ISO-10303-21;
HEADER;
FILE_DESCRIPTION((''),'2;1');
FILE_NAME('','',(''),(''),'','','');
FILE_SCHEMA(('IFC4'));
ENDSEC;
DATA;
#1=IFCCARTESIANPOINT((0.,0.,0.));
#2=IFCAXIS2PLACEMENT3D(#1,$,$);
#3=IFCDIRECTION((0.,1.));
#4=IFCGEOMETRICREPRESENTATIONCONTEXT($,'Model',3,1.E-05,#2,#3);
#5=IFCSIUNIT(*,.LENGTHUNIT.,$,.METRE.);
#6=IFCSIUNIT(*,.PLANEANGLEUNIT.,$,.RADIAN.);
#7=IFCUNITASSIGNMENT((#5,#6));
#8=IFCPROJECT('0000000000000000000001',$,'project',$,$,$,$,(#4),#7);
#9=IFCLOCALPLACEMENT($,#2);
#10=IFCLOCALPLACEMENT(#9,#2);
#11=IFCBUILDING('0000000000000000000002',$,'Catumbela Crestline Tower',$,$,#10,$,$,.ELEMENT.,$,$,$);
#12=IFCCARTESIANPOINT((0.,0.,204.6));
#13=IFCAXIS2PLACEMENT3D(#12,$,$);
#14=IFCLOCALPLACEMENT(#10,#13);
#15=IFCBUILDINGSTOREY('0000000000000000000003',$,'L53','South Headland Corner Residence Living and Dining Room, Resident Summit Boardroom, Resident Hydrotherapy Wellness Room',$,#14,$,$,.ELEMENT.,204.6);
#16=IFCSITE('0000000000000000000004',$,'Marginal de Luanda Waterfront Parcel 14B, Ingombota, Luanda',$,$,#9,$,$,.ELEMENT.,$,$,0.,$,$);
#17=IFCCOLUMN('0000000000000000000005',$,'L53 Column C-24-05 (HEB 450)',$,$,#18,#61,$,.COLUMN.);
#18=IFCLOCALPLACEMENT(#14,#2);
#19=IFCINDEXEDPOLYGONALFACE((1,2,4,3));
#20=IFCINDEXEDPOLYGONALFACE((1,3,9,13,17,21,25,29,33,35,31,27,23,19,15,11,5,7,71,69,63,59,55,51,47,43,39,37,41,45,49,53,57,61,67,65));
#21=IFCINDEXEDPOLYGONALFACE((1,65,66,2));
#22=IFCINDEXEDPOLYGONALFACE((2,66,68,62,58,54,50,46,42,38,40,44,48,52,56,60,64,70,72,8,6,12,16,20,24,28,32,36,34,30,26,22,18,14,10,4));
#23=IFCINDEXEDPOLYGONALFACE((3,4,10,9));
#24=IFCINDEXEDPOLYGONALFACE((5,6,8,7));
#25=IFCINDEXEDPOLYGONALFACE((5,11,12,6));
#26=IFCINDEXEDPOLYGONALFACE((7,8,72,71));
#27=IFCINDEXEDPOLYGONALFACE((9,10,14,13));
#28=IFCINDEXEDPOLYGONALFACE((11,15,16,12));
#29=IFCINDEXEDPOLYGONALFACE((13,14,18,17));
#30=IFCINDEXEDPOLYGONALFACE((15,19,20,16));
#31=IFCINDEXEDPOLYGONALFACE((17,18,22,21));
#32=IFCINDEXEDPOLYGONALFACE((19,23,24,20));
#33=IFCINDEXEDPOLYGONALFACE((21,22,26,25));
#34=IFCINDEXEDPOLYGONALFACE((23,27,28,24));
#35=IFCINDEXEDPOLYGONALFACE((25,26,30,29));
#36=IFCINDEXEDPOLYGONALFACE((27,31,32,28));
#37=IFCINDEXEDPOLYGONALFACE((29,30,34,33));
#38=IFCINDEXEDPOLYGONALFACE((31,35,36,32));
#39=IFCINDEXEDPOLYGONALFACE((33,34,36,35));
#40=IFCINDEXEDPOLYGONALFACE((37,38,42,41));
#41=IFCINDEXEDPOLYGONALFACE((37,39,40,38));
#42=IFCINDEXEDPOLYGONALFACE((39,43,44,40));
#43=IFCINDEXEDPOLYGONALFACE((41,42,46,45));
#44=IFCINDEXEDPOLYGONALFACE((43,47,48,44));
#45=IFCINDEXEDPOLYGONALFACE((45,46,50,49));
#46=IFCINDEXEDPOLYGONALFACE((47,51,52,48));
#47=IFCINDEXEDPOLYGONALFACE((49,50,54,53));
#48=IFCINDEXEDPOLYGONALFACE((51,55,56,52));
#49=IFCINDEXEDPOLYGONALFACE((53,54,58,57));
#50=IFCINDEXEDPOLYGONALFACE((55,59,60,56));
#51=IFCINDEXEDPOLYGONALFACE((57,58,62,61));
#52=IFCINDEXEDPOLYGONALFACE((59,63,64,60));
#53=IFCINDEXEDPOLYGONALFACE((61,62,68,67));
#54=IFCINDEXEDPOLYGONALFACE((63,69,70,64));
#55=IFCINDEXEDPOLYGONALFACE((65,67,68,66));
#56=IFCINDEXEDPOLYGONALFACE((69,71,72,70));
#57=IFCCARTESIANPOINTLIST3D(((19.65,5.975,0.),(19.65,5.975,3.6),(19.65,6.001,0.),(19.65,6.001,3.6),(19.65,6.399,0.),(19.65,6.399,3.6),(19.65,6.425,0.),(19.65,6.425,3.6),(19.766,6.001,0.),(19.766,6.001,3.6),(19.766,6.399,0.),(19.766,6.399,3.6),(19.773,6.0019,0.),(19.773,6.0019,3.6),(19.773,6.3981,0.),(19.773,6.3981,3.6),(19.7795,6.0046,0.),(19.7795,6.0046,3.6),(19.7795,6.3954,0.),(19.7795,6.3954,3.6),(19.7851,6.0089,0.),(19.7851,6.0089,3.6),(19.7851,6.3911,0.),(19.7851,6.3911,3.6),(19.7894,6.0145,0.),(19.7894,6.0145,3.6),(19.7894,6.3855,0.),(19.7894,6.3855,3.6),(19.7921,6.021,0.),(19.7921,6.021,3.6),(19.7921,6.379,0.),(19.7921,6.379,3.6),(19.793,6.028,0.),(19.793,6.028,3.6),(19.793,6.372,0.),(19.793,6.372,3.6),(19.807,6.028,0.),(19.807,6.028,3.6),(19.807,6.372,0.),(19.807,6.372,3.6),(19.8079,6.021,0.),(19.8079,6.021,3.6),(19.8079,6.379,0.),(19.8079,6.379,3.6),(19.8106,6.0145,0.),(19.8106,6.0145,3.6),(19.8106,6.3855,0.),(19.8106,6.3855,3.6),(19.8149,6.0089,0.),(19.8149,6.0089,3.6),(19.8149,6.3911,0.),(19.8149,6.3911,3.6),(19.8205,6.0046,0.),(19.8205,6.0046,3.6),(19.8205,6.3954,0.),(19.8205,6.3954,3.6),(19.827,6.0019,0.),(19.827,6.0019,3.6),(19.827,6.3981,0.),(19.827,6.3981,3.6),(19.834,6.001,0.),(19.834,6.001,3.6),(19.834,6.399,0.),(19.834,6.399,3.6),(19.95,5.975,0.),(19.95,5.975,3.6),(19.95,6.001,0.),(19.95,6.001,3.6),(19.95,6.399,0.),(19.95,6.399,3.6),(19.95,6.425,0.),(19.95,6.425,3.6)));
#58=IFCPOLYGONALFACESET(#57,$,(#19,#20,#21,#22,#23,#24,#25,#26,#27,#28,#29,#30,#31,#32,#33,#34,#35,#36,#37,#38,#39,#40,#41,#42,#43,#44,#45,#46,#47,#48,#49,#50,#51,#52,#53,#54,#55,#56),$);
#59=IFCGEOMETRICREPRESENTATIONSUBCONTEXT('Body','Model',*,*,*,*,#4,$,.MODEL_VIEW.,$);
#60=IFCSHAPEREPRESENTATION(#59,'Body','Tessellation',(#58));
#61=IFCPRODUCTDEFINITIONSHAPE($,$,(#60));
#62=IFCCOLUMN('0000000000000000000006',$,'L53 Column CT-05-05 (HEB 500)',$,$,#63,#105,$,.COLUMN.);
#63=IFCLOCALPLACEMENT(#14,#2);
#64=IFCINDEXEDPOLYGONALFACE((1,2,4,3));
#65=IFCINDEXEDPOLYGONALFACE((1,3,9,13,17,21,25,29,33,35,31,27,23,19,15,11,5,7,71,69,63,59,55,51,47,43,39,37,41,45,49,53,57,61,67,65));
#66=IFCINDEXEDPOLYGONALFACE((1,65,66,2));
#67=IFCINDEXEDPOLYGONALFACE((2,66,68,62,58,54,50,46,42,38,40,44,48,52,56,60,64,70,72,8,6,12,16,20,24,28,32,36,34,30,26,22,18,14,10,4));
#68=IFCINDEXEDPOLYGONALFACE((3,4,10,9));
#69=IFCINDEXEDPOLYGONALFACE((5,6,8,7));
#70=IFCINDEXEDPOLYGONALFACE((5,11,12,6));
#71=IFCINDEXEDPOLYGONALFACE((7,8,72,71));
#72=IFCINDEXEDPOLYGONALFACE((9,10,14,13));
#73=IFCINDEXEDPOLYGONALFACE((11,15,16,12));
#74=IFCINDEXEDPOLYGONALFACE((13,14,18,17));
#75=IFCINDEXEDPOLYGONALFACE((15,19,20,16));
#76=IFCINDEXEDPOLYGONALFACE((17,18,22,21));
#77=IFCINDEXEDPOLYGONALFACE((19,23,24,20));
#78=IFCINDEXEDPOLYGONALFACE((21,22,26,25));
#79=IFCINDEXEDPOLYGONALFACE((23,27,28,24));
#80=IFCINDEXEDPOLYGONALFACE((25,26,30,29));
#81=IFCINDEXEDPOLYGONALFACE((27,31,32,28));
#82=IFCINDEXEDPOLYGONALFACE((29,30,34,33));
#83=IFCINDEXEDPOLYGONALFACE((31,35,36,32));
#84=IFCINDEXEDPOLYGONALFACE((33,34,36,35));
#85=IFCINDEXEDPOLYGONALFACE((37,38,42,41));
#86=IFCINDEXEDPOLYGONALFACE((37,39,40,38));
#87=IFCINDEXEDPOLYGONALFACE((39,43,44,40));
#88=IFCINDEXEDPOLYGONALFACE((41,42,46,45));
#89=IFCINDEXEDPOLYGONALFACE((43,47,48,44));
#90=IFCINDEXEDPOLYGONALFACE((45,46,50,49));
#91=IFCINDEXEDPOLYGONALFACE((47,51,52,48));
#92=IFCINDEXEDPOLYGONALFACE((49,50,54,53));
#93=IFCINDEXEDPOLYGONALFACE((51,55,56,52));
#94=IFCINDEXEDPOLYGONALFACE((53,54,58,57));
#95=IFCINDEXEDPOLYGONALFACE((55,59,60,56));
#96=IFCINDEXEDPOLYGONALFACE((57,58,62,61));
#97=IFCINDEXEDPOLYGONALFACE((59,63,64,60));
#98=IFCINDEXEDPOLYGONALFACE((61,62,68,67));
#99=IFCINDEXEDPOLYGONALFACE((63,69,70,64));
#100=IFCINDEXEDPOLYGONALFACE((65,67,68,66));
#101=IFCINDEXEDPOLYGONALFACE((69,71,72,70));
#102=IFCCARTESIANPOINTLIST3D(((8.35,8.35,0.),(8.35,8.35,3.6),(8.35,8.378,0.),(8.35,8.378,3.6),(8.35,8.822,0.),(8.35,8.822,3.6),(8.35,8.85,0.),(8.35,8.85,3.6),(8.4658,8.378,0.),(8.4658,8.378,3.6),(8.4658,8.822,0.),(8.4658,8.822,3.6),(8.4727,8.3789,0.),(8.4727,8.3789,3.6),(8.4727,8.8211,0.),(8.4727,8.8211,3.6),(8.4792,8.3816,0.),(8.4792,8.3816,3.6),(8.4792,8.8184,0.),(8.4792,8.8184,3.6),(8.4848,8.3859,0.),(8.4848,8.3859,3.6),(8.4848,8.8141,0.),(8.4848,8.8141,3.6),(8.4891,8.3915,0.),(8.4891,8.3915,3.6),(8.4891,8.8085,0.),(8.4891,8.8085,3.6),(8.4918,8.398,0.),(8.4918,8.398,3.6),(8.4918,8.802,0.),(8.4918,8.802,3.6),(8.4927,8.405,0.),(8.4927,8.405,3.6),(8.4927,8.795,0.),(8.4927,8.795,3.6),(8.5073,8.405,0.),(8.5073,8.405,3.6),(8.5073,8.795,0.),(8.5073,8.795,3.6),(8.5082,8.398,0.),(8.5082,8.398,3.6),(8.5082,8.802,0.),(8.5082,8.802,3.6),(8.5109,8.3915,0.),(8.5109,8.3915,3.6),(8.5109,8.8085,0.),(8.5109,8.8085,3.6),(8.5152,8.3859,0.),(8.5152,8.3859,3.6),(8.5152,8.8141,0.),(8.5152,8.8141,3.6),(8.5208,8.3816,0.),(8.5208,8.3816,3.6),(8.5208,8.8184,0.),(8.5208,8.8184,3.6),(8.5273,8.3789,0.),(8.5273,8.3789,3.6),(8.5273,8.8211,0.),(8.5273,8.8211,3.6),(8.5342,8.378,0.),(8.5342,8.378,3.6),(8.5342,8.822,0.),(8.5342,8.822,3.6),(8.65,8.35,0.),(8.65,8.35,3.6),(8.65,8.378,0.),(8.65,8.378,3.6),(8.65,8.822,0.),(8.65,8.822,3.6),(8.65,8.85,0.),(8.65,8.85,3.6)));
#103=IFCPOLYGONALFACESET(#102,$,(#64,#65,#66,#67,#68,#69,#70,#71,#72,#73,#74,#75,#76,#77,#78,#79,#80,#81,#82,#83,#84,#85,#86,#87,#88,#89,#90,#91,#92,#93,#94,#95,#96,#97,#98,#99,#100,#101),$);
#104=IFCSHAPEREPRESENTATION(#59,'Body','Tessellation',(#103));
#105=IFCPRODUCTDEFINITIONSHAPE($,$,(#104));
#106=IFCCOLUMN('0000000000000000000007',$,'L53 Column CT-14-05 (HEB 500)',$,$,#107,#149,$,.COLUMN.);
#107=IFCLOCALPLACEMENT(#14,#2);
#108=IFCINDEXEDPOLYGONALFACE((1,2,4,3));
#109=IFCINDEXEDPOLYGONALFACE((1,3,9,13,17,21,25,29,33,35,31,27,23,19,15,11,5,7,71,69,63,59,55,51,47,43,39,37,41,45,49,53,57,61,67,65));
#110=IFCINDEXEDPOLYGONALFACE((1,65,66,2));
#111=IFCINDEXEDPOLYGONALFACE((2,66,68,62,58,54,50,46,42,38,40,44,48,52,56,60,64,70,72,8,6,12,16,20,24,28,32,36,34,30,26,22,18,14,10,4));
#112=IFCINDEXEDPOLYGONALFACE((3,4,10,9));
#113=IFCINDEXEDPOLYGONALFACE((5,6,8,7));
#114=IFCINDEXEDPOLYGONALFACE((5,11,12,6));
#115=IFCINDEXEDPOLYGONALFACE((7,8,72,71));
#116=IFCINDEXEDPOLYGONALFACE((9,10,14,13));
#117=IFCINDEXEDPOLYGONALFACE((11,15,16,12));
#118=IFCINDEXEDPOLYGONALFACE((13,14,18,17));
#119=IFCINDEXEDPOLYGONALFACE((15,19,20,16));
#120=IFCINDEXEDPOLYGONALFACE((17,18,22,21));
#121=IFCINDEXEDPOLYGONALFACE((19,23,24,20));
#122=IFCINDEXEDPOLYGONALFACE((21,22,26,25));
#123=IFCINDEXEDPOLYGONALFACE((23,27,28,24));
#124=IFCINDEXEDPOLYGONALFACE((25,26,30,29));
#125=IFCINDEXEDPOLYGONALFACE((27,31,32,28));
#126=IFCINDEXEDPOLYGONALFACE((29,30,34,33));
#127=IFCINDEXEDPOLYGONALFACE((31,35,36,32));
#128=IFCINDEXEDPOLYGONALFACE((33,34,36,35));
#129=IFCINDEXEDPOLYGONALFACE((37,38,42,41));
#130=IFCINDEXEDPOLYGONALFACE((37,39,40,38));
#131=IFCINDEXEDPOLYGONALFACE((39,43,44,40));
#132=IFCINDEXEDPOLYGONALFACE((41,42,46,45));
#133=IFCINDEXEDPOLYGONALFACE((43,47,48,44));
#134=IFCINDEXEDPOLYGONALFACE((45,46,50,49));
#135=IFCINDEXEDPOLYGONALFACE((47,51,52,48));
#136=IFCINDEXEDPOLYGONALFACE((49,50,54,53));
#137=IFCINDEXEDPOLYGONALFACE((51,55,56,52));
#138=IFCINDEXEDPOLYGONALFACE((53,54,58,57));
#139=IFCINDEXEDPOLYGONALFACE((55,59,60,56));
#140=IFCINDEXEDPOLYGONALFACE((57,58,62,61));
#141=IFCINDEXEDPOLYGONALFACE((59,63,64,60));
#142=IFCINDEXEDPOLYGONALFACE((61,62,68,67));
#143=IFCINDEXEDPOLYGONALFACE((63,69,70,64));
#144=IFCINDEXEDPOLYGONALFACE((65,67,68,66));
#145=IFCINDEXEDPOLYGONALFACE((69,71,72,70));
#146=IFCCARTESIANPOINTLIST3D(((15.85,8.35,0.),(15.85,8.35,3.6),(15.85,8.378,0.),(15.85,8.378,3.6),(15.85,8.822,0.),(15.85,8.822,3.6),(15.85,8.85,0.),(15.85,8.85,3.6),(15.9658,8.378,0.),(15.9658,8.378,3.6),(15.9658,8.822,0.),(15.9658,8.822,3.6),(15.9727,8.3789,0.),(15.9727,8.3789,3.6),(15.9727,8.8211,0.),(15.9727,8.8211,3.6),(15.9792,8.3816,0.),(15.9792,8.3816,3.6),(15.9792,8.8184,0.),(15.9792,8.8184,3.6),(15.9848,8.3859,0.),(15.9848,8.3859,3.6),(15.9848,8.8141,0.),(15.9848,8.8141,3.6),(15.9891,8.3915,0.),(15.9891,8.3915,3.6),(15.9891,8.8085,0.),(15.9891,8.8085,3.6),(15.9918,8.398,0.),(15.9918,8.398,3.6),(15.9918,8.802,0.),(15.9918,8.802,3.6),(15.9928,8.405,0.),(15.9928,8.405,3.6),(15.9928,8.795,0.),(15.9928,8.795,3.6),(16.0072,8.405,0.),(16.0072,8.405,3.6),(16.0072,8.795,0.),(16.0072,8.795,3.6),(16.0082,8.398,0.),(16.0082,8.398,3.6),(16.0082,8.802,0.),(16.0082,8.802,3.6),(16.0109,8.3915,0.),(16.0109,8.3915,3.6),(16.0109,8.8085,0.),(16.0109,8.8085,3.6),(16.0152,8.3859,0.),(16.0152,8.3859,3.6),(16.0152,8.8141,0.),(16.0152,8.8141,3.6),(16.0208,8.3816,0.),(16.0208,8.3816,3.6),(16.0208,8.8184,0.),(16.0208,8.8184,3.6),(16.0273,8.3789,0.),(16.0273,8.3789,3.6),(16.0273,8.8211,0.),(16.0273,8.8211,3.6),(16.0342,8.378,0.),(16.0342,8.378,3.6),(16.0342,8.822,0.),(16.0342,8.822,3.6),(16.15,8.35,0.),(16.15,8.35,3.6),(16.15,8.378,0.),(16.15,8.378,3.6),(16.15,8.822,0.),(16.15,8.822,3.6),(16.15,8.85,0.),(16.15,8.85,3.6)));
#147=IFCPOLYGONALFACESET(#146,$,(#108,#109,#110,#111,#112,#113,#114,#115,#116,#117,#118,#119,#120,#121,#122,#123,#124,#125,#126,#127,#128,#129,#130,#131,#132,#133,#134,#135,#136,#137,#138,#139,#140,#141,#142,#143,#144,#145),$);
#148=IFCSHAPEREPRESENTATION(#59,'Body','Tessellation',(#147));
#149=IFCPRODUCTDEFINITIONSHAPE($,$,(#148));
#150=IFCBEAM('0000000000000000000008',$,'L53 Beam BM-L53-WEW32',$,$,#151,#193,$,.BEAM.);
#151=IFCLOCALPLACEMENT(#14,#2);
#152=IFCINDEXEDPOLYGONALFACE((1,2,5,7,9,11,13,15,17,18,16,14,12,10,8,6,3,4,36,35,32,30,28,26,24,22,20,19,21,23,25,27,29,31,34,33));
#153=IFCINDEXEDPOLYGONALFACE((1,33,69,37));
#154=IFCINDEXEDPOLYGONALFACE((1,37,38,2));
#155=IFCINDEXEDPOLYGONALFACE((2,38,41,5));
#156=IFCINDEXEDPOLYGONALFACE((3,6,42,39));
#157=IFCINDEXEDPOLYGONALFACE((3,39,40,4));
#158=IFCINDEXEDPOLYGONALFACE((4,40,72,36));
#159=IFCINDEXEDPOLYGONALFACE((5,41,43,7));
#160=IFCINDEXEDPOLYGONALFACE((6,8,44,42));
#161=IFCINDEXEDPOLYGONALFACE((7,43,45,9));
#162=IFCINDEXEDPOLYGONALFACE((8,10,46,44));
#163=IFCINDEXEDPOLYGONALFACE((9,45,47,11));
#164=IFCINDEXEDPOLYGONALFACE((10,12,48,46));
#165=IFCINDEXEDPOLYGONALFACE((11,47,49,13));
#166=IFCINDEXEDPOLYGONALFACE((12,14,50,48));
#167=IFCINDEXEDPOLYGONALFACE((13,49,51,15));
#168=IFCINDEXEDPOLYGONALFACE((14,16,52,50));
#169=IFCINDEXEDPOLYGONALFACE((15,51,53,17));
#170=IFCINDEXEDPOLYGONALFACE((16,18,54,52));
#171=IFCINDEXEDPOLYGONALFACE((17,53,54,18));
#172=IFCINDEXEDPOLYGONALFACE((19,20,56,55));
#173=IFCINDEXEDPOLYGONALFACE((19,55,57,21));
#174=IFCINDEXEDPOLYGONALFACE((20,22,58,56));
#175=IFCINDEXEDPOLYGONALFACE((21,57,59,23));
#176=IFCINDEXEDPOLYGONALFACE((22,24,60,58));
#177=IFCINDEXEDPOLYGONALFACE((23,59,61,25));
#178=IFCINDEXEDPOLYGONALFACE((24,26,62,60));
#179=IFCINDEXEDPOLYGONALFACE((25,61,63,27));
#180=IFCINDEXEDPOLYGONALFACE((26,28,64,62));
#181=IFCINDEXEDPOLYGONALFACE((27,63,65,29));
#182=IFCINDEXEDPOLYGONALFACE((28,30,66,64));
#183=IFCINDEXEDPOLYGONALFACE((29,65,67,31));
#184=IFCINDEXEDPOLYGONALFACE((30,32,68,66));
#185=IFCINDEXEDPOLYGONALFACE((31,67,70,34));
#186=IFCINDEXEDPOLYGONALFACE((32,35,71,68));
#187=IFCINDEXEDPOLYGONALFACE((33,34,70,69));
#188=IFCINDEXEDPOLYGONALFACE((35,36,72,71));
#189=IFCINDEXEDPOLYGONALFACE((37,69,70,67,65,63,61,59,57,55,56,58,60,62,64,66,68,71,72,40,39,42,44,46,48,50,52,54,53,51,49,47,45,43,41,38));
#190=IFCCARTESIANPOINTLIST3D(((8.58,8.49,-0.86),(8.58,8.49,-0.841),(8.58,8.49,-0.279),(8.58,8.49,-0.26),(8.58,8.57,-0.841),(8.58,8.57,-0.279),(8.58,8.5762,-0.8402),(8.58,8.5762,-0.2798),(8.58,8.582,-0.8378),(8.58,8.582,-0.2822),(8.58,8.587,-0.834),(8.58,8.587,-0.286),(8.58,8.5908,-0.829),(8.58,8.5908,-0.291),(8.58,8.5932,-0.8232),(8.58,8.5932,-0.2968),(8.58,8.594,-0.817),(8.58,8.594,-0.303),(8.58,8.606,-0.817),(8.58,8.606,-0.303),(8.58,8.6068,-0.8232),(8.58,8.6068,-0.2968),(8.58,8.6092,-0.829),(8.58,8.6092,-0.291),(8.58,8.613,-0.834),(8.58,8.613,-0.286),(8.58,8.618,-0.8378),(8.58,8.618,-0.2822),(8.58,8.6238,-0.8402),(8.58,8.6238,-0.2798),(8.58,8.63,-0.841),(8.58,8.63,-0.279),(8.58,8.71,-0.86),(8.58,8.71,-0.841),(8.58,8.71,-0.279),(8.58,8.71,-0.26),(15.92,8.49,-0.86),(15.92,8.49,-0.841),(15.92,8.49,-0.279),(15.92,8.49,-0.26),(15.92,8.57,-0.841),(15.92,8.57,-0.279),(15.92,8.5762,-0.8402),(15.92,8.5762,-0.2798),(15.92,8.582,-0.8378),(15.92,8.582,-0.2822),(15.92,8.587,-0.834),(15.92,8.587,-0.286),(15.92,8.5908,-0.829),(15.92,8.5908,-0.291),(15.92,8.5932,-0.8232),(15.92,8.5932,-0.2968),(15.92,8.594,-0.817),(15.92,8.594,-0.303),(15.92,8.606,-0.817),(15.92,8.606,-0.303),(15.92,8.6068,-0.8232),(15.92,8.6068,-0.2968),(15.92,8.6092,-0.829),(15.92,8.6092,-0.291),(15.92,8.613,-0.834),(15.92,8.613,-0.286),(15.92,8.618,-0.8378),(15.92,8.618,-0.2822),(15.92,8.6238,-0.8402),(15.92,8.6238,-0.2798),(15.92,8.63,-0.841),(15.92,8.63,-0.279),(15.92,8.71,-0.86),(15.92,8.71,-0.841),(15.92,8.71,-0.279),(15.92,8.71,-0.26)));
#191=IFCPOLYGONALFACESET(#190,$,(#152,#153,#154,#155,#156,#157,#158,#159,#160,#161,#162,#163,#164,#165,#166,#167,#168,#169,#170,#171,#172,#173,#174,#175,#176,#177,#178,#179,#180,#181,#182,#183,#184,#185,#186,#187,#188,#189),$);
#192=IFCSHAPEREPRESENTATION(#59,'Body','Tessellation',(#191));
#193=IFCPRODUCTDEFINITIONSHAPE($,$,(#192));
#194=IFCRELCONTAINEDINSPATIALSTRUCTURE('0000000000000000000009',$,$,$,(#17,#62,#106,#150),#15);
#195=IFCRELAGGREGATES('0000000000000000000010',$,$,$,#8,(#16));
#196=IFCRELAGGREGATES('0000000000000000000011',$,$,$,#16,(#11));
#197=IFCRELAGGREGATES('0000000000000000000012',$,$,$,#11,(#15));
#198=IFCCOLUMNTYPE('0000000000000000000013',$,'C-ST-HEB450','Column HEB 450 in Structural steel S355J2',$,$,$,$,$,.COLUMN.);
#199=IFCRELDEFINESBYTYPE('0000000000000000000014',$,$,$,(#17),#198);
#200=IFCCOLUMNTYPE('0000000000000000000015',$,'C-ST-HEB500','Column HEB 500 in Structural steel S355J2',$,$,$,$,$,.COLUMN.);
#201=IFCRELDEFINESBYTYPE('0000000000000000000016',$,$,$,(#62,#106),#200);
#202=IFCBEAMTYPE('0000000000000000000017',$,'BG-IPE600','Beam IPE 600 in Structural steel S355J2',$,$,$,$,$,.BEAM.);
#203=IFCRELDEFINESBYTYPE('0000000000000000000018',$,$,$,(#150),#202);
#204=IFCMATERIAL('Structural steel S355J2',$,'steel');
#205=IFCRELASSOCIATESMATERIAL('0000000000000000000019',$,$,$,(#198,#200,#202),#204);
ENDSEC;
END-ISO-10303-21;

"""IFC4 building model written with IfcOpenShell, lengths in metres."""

from ifc_helpers import new_model, si_unit, direction, frame, origin, origin_2d, place, context, subcontext, project, spatial, i_section, extrude, material, material_profile, profile_set, type_object, element, save


model = new_model("IFC4")

# Units and contexts
model_context = context("Model", 3, precision=1e-05, world=origin(), true_north=direction((0.0, 1.0)))
body_context = subcontext(model_context, "Body", "Model", "MODEL_VIEW")
ifc_project = project(units=[si_unit("LENGTHUNIT", "METRE"), si_unit("PLANEANGLEUNIT", "RADIAN")], contexts=[model_context])

# Site, building, storey
site_placement = place(None, origin())
site = spatial("IfcSite", under=ifc_project, at=site_placement, Name="Marginal de Luanda Waterfront Parcel 14B, Ingombota, Luanda", CompositionType="ELEMENT", RefElevation=0.0)
building_placement = place(site_placement, origin())
building = spatial("IfcBuilding", under=site, at=building_placement, Name="Catumbela Crestline Tower", CompositionType="ELEMENT")
storey_placement = place(building_placement, frame((0.0, 0.0, 204.6)))
storey = spatial("IfcBuildingStorey", under=building, at=storey_placement, Name="L53", Description="South Headland Corner Residence Living and Dining Room, Resident Summit Boardroom, Resident Hydrotherapy Wellness Room", CompositionType="ELEMENT", Elevation=204.6)

# Columns
ifc_material_1 = material(Name="Structural steel S355J2", Category="steel")
ifc_material_profile_1 = material_profile(ifc_material_1, i_section(OverallWidth=0.3, OverallDepth=0.45, WebThickness=0.014, FlangeThickness=0.026, FilletRadius=0.027, at=origin_2d()), Name="HEB 450")
ifc_profile_set_1 = profile_set([ifc_material_profile_1], Name="Structural steel S355J2")
column_type_1 = type_object("IfcColumnType", Name="C-ST-HEB450", Description="Column HEB 450 in Structural steel S355J2", PredefinedType="COLUMN", material=ifc_profile_set_1)
column_placement = place(storey_placement, frame((19.8, 6.2, 0.0), z_axis=(0.0, 0.0, 1.0), x_axis=(1.0, 0.0, 0.0)))
element("IfcColumn", 1, at=column_placement, inside=storey, type_object=column_type_1, Name="L53 Column C-24-05 (HEB 450)", PredefinedType="COLUMN", context=body_context, shape_type="SweptSolid", body=[
    extrude(i_section(OverallWidth=0.3, OverallDepth=0.45, WebThickness=0.014, FlangeThickness=0.026, FilletRadius=0.027, at=origin_2d()), origin(), (0.0, 0.0, 1.0), 3.6),
])
ifc_material_profile_2 = material_profile(ifc_material_1, i_section(OverallWidth=0.3, OverallDepth=0.5, WebThickness=0.0145, FlangeThickness=0.028, FilletRadius=0.027, at=origin_2d()), Name="HEB 500")
ifc_profile_set_2 = profile_set([ifc_material_profile_2], Name="Structural steel S355J2")
column_type_2 = type_object("IfcColumnType", Name="C-ST-HEB500", Description="Column HEB 500 in Structural steel S355J2", PredefinedType="COLUMN", material=ifc_profile_set_2)
for number, where, z_axis, x_axis, name in (
    (2, (8.5, 8.6, 0.0), (0.0, 0.0, 1.0), (1.0, 0.0, 0.0), "L53 Column CT-05-05 (HEB 500)"),
    (3, (16.0, 8.6, 0.0), (0.0, 0.0, 1.0), (1.0, 0.0, 0.0), "L53 Column CT-14-05 (HEB 500)"),
):
    element("IfcColumn", number, at=place(storey_placement, frame(where, z_axis=z_axis, x_axis=x_axis)), inside=storey, type_object=column_type_2, Name=name, PredefinedType="COLUMN", context=body_context, shape_type="SweptSolid", body=[
        extrude(i_section(OverallWidth=0.3, OverallDepth=0.5, WebThickness=0.0145, FlangeThickness=0.028, FilletRadius=0.027, at=origin_2d()), origin(), (0.0, 0.0, 1.0), 3.6),
    ])

# Beam
ifc_material_profile_3 = material_profile(ifc_material_1, i_section(OverallWidth=0.22, OverallDepth=0.6, WebThickness=0.012, FlangeThickness=0.019, FilletRadius=0.024, at=origin_2d()), Name="IPE 600")
ifc_profile_set_3 = profile_set([ifc_material_profile_3], Name="Structural steel S355J2")
beam_type = type_object("IfcBeamType", Name="BG-IPE600", Description="Beam IPE 600 in Structural steel S355J2", PredefinedType="BEAM", material=ifc_profile_set_3)
beam_1_placement = place(storey_placement, frame((8.58, 8.6, -0.56), z_axis=(1.0, 0.0, 0.0), x_axis=(0.0, 1.0, 0.0)))
element("IfcBeam", 4, at=beam_1_placement, inside=storey, type_object=beam_type, Name="L53 Beam BM-L53-WEW32", PredefinedType="BEAM", context=body_context, shape_type="SweptSolid", body=[
    extrude(i_section(OverallWidth=0.22, OverallDepth=0.6, WebThickness=0.012, FlangeThickness=0.019, FilletRadius=0.024, at=origin_2d()), origin(), (0.0, 0.0, 1.0), 7.34),
])

save(model, "model.ifc")
